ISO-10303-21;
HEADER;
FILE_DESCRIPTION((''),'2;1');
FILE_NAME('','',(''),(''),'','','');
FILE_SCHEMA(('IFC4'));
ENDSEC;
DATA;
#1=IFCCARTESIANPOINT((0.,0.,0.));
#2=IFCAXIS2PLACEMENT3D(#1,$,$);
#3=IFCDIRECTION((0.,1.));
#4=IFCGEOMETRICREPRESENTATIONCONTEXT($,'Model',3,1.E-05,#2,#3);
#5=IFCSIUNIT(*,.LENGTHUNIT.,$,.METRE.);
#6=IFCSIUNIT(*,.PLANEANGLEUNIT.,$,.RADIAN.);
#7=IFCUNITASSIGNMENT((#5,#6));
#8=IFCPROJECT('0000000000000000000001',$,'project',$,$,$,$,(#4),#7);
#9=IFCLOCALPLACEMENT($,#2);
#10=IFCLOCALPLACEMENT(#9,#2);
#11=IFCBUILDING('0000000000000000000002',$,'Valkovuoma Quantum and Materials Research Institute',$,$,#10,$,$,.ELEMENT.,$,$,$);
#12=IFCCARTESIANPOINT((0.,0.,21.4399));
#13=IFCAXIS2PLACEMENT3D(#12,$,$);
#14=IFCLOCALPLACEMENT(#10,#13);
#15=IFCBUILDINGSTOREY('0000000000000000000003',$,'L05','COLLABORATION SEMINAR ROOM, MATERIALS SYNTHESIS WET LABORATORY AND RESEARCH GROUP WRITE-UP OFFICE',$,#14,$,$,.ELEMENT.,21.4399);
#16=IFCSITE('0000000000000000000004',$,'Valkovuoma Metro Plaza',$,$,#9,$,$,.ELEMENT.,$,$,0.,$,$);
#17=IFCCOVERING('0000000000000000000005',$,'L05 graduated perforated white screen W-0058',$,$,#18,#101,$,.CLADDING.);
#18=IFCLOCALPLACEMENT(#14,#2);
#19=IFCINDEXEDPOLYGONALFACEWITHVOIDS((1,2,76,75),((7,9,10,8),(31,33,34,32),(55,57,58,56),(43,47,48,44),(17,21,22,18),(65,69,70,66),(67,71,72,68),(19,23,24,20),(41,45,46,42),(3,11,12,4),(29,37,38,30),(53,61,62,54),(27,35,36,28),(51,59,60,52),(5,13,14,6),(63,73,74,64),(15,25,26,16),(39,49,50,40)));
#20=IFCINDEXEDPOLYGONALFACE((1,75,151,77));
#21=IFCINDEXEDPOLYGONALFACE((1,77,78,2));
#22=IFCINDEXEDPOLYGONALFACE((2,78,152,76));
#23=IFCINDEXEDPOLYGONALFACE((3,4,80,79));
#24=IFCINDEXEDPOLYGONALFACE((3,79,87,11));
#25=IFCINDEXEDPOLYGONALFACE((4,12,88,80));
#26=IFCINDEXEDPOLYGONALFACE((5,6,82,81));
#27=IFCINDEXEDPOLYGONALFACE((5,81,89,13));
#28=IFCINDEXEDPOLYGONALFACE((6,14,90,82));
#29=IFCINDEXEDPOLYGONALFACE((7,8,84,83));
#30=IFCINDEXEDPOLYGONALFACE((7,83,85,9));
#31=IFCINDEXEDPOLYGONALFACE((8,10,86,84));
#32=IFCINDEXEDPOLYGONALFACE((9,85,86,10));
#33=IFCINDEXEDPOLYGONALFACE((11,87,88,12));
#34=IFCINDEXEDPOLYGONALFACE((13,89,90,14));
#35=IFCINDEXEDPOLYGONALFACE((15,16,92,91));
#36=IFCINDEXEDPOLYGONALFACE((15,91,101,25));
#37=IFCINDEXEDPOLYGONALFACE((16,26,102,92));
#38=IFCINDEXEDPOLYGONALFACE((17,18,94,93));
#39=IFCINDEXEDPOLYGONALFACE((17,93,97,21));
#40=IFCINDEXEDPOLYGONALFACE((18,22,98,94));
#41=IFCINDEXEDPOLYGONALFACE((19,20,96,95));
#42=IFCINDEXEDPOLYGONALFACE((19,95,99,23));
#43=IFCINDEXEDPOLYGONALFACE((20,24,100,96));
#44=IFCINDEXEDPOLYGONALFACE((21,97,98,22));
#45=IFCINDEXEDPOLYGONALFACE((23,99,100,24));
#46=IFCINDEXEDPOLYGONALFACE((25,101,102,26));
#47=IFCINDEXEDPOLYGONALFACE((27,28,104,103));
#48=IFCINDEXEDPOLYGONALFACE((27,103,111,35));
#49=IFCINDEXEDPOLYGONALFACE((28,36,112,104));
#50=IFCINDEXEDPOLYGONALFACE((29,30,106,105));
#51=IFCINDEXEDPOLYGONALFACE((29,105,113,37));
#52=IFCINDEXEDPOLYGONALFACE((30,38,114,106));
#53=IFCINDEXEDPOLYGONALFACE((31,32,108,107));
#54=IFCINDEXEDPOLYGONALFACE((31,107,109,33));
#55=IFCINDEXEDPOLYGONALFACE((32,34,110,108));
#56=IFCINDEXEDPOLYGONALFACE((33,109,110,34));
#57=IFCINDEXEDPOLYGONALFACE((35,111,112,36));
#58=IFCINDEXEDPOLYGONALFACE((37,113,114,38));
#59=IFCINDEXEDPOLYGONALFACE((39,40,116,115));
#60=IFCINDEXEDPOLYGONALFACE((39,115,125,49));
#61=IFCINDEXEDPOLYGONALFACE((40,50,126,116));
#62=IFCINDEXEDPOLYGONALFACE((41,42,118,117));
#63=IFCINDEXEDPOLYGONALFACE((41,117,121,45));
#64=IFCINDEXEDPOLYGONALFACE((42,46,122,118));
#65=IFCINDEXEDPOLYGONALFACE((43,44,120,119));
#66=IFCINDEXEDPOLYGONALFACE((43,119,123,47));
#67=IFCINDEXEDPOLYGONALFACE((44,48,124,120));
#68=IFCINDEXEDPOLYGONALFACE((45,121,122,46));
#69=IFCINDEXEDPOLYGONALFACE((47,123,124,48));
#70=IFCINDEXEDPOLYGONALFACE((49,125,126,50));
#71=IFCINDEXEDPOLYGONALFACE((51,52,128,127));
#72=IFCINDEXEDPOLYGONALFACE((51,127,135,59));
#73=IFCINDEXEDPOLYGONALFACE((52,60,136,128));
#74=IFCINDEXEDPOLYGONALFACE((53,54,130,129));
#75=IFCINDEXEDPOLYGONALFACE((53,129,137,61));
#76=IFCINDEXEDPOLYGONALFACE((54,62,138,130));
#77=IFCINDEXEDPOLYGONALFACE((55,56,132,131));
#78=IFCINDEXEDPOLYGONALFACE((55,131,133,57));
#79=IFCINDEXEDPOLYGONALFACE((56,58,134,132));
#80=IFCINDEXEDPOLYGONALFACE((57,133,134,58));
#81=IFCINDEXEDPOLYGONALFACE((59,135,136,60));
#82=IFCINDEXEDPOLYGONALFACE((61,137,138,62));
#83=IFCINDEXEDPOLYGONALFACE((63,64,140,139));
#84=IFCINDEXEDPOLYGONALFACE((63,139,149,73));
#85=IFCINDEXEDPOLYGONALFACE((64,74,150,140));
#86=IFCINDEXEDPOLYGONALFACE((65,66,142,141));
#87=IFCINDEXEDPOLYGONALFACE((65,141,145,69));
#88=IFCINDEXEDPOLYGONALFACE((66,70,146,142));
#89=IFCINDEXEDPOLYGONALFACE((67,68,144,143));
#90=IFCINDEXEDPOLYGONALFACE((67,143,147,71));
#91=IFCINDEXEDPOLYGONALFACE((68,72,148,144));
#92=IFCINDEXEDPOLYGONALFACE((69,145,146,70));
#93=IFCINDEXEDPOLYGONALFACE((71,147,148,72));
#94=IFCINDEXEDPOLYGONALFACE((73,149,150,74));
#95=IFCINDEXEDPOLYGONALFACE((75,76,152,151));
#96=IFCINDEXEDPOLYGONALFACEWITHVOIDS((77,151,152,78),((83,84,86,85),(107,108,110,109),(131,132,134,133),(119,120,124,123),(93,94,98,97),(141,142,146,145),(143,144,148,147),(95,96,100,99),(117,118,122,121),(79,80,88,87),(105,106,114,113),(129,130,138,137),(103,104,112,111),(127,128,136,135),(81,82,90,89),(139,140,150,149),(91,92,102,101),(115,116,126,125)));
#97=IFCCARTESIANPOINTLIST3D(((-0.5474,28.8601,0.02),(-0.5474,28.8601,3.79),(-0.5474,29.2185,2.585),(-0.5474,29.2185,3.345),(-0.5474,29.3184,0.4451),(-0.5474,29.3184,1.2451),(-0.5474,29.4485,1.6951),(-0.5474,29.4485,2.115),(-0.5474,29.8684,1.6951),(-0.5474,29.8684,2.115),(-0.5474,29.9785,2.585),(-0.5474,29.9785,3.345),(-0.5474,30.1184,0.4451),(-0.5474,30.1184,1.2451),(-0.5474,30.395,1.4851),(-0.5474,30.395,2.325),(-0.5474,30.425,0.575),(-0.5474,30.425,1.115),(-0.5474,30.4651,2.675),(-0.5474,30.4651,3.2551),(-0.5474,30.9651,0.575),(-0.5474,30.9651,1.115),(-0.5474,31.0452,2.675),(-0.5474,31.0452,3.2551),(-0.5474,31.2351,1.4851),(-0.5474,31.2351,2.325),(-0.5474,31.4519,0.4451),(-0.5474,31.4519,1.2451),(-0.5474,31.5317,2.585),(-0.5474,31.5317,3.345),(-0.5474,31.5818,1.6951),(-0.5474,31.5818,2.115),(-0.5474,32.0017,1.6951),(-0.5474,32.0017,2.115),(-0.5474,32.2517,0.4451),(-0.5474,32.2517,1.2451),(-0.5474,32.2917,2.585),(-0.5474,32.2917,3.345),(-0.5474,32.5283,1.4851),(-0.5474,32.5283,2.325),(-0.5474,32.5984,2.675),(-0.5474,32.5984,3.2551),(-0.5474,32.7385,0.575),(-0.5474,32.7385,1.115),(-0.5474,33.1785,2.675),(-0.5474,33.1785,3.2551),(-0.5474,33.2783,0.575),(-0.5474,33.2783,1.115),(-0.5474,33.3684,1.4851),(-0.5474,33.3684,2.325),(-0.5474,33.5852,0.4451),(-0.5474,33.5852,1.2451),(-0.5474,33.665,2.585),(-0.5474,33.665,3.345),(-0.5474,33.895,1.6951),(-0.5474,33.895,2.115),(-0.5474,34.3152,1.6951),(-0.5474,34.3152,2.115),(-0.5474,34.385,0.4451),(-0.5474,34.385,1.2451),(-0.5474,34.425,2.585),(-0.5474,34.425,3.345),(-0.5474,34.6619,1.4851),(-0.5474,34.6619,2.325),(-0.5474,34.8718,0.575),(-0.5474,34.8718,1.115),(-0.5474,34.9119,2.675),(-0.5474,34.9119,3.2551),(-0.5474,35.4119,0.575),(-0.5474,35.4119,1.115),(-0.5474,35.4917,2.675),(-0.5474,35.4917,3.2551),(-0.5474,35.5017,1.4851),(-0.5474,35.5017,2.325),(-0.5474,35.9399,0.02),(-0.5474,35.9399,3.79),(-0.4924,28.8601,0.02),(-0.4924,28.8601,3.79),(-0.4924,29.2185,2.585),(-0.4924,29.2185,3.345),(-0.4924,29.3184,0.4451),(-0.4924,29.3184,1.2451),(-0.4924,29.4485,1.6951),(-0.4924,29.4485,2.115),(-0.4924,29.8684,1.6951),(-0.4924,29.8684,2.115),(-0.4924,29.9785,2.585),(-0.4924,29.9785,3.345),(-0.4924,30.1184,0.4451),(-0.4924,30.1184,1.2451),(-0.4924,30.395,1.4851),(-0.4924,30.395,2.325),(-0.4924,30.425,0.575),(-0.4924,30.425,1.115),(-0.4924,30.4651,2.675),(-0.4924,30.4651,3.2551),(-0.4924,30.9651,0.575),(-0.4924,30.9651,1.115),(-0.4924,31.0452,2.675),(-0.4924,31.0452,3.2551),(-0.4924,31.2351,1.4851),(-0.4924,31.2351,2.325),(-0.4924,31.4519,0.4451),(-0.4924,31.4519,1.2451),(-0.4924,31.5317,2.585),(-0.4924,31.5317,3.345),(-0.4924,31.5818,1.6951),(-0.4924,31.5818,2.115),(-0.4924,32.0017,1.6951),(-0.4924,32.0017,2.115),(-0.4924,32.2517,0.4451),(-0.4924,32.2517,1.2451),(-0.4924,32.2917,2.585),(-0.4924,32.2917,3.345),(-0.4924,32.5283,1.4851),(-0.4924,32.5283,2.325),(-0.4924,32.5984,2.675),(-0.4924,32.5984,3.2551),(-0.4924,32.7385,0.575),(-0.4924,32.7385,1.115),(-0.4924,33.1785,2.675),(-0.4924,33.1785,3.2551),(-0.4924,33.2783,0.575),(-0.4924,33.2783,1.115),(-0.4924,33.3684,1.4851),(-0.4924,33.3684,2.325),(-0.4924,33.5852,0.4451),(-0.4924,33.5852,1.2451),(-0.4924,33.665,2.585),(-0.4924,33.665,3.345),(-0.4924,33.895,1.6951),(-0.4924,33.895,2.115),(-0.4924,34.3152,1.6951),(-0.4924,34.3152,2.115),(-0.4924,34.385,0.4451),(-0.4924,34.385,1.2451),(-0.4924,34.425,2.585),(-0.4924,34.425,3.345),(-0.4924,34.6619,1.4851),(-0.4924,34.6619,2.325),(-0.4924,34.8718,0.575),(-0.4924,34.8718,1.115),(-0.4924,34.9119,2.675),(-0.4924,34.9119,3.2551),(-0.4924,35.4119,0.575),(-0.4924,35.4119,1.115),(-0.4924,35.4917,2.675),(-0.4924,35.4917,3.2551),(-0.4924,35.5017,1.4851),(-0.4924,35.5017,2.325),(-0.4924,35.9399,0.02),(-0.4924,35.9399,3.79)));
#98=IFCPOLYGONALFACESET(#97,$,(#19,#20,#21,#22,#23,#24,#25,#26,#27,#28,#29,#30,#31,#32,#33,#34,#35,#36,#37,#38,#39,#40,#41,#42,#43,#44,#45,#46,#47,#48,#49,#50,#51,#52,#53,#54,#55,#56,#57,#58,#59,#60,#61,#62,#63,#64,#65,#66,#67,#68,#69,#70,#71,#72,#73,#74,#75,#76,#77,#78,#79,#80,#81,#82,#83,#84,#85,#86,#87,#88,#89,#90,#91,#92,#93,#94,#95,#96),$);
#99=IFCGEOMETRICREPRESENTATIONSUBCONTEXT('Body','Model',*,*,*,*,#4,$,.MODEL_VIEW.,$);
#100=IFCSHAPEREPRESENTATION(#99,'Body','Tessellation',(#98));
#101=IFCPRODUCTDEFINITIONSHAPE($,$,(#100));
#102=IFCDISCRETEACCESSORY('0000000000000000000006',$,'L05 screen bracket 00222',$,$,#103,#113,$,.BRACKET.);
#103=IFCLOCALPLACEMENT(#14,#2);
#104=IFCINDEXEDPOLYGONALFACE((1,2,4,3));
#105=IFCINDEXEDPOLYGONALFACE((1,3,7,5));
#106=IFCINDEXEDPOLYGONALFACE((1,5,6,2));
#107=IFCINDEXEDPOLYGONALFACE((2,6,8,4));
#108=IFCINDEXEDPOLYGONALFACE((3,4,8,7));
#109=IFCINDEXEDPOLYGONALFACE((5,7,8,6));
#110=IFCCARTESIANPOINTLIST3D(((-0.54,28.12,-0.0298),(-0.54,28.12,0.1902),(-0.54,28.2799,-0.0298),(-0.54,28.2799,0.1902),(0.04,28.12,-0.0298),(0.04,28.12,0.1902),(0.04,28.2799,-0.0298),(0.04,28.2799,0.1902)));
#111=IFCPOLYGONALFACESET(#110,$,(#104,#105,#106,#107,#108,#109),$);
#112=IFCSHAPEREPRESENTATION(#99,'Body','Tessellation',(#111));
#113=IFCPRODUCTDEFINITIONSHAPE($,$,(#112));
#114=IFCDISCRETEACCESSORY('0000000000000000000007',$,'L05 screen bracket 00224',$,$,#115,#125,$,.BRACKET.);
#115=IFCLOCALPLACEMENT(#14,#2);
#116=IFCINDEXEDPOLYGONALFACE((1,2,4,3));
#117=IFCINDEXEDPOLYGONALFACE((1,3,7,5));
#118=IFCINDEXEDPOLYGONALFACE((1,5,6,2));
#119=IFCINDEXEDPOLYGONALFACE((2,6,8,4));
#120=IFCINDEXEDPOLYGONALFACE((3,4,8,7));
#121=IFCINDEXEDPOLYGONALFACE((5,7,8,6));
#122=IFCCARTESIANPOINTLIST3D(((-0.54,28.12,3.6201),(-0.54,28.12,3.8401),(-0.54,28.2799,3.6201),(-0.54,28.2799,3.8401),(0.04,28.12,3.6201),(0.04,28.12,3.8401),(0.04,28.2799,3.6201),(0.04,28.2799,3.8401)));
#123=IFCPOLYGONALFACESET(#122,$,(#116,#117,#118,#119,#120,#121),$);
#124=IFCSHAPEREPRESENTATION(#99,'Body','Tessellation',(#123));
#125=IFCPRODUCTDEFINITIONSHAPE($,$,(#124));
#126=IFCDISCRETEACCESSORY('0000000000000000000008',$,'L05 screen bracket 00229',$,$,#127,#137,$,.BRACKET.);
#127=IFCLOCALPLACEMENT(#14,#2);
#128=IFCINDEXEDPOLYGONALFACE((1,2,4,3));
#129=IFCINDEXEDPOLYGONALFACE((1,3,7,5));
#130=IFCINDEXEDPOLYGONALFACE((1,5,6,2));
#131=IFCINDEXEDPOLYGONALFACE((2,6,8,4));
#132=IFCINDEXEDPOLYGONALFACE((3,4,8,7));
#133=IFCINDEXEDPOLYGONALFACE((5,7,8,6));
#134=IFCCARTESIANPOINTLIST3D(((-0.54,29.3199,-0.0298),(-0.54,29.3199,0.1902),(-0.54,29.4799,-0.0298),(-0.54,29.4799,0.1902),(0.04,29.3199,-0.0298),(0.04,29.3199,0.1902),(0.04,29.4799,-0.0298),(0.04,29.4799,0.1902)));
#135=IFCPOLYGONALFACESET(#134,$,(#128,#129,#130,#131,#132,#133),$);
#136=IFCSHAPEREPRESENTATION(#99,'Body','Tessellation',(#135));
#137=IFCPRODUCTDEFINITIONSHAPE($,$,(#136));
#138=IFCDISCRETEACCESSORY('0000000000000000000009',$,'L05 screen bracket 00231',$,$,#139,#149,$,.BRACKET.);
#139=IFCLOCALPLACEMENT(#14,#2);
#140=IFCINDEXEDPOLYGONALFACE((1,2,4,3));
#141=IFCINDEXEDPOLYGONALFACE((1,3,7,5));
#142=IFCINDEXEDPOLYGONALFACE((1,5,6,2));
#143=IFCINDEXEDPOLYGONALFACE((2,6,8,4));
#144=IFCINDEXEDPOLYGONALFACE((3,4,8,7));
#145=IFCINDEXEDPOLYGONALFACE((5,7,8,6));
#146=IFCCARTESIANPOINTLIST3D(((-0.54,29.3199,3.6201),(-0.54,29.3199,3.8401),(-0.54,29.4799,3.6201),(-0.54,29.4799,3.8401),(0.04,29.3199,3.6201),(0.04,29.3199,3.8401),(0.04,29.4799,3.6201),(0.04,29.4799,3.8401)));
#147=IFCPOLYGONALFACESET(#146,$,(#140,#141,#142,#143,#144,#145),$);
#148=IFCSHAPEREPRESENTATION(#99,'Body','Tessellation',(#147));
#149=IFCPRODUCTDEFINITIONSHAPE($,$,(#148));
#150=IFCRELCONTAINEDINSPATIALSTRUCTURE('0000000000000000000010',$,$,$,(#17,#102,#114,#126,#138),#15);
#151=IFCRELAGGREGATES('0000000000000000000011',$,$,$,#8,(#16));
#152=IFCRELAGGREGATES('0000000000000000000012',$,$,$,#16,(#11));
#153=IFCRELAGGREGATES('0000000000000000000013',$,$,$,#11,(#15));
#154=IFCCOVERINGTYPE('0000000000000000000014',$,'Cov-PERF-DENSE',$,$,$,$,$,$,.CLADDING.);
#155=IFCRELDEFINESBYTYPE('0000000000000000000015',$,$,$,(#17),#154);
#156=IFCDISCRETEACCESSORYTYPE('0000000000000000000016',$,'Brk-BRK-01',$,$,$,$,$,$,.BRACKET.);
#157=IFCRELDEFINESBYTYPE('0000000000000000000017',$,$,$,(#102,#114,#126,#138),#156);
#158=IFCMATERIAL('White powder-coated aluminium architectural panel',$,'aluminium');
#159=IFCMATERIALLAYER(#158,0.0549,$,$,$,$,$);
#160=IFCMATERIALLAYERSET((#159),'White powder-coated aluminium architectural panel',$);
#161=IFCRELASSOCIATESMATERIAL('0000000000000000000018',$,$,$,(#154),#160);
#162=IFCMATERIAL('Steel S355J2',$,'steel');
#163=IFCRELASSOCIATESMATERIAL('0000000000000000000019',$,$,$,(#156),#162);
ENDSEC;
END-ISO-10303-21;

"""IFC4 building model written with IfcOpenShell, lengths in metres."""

from ifc_helpers import new_model, si_unit, direction, frame, origin, origin_2d, place, context, subcontext, project, spatial, polyline, rectangle, outline, extrude, material, layer, layer_set, type_object, element, save


model = new_model("IFC4")

# Units and contexts
model_context = context("Model", 3, precision=1e-05, world=origin(), true_north=direction((0.0, 1.0)))
body_context = subcontext(model_context, "Body", "Model", "MODEL_VIEW")
ifc_project = project(units=[si_unit("LENGTHUNIT", "METRE"), si_unit("PLANEANGLEUNIT", "RADIAN")], contexts=[model_context])

# Site, building, storey
site_placement = place(None, origin())
site = spatial("IfcSite", under=ifc_project, at=site_placement, Name="Valkovuoma Metro Plaza", CompositionType="ELEMENT", RefElevation=0.0)
building_placement = place(site_placement, origin())
building = spatial("IfcBuilding", under=site, at=building_placement, Name="Valkovuoma Quantum and Materials Research Institute", CompositionType="ELEMENT")
storey_placement = place(building_placement, frame((0.0, 0.0, 21.4399)))
storey = spatial("IfcBuildingStorey", under=building, at=storey_placement, Name="L05", Description="COLLABORATION SEMINAR ROOM, MATERIALS SYNTHESIS WET LABORATORY AND RESEARCH GROUP WRITE-UP OFFICE", CompositionType="ELEMENT", Elevation=21.4399)

# Covering
ifc_material_1 = material(Name="White powder-coated aluminium architectural panel", Category="aluminium")
ifc_layer_1 = layer(ifc_material_1, 0.0549)
ifc_layer_set_1 = layer_set([ifc_layer_1], Name="White powder-coated aluminium architectural panel")
covering_type = type_object("IfcCoveringType", Name="Cov-PERF-DENSE", PredefinedType="CLADDING", material=ifc_layer_set_1)
covering_placement = place(storey_placement, frame((-0.52, 28.8601, 0.02), z_axis=(0.0, 0.0, 1.0), x_axis=(0.0, 1.0, 0.0)))
element("IfcCovering", 1, at=covering_placement, inside=storey, type_object=covering_type, Name="L05 graduated perforated white screen W-0058", PredefinedType="CLADDING", context=body_context, shape_type="SweptSolid", body=[
    extrude(outline(polyline([(0.0, 0.0), (7.0798, 0.0), (7.0798, 3.77), (0.0, 3.77), (0.0, 0.0)]), holes=[polyline([(0.4583, 0.425), (0.4583, 1.2251), (1.2583, 1.2251), (1.2583, 0.425), (0.4583, 0.425)]), polyline([(0.5884, 1.675), (0.5884, 2.095), (1.0083, 2.095), (1.0083, 1.675), (0.5884, 1.675)]), polyline([(0.3584, 2.5649), (0.3584, 3.325), (1.1184, 3.325), (1.1184, 2.5649), (0.3584, 2.5649)]), polyline([(1.5649, 0.5549), (1.5649, 1.095), (2.105, 1.095), (2.105, 0.5549), (1.5649, 0.5549)]), polyline([(1.5349, 1.4651), (1.5349, 2.3049), (2.375, 2.3049), (2.375, 1.4651), (1.5349, 1.4651)]), polyline([(1.605, 2.655), (1.605, 3.2351), (2.1851, 3.2351), (2.1851, 2.655), (1.605, 2.655)]), polyline([(2.5918, 0.425), (2.5918, 1.2251), (3.3916, 1.2251), (3.3916, 0.425), (2.5918, 0.425)]), polyline([(2.7217, 1.675), (2.7217, 2.095), (3.1416, 2.095), (3.1416, 1.675), (2.7217, 1.675)]), polyline([(2.6716, 2.5649), (2.6716, 3.325), (3.4316, 3.325), (3.4316, 2.5649), (2.6716, 2.5649)]), polyline([(3.8784, 0.5549), (3.8784, 1.095), (4.4182, 1.095), (4.4182, 0.5549), (3.8784, 0.5549)]), polyline([(3.6682, 1.4651), (3.6682, 2.3049), (4.5083, 2.3049), (4.5083, 1.4651), (3.6682, 1.4651)]), polyline([(3.7383, 2.655), (3.7383, 3.2351), (4.3184, 3.2351), (4.3184, 2.655), (3.7383, 2.655)]), polyline([(4.7251, 0.425), (4.7251, 1.2251), (5.5249, 1.2251), (5.5249, 0.425), (4.7251, 0.425)]), polyline([(5.0349, 1.675), (5.0349, 2.095), (5.4551, 2.095), (5.4551, 1.675), (5.0349, 1.675)]), polyline([(4.8049, 2.5649), (4.8049, 3.325), (5.5649, 3.325), (5.5649, 2.5649), (4.8049, 2.5649)]), polyline([(6.0117, 0.5549), (6.0117, 1.095), (6.5518, 1.095), (6.5518, 0.5549), (6.0117, 0.5549)]), polyline([(5.8018, 1.4651), (5.8018, 2.3049), (6.6416, 2.3049), (6.6416, 1.4651), (5.8018, 1.4651)]), polyline([(6.0518, 2.655), (6.0518, 3.2351), (6.6316, 3.2351), (6.6316, 2.655), (6.0518, 2.655)])]), frame((0.0, 0.0273, 0.0), z_axis=(0.0, -1.0, 0.0), x_axis=(1.0, 0.0, 0.0)), (0.0, 0.0, 1.0), 0.0549),
])

# Discrete accessories
ifc_material_2 = material(Name="Steel S355J2", Category="steel")
discrete_accessory_type = type_object("IfcDiscreteAccessoryType", Name="Brk-BRK-01", PredefinedType="BRACKET", material=ifc_material_2)
for number, where, z_axis, x_axis, name in (
    (2, (-0.25, 28.2, -0.0298), (0.0, 0.0, 1.0), (1.0, 0.0, 0.0), "L05 screen bracket 00222"),
    (3, (-0.25, 28.2, 3.6201), (0.0, 0.0, 1.0), (1.0, 0.0, 0.0), "L05 screen bracket 00224"),
    (4, (-0.25, 29.3999, -0.0298), (0.0, 0.0, 1.0), (1.0, 0.0, 0.0), "L05 screen bracket 00229"),
    (5, (-0.25, 29.3999, 3.6201), (0.0, 0.0, 1.0), (1.0, 0.0, 0.0), "L05 screen bracket 00231"),
):
    element("IfcDiscreteAccessory", number, at=place(storey_placement, frame(where, z_axis=z_axis, x_axis=x_axis)), inside=storey, type_object=discrete_accessory_type, Name=name, PredefinedType="BRACKET", context=body_context, shape_type="SweptSolid", body=[
        extrude(rectangle(XDim=0.5801, YDim=0.1599, at=origin_2d()), origin(), (0.0, 0.0, 1.0), 0.22),
    ])

save(model, "model.ifc")
